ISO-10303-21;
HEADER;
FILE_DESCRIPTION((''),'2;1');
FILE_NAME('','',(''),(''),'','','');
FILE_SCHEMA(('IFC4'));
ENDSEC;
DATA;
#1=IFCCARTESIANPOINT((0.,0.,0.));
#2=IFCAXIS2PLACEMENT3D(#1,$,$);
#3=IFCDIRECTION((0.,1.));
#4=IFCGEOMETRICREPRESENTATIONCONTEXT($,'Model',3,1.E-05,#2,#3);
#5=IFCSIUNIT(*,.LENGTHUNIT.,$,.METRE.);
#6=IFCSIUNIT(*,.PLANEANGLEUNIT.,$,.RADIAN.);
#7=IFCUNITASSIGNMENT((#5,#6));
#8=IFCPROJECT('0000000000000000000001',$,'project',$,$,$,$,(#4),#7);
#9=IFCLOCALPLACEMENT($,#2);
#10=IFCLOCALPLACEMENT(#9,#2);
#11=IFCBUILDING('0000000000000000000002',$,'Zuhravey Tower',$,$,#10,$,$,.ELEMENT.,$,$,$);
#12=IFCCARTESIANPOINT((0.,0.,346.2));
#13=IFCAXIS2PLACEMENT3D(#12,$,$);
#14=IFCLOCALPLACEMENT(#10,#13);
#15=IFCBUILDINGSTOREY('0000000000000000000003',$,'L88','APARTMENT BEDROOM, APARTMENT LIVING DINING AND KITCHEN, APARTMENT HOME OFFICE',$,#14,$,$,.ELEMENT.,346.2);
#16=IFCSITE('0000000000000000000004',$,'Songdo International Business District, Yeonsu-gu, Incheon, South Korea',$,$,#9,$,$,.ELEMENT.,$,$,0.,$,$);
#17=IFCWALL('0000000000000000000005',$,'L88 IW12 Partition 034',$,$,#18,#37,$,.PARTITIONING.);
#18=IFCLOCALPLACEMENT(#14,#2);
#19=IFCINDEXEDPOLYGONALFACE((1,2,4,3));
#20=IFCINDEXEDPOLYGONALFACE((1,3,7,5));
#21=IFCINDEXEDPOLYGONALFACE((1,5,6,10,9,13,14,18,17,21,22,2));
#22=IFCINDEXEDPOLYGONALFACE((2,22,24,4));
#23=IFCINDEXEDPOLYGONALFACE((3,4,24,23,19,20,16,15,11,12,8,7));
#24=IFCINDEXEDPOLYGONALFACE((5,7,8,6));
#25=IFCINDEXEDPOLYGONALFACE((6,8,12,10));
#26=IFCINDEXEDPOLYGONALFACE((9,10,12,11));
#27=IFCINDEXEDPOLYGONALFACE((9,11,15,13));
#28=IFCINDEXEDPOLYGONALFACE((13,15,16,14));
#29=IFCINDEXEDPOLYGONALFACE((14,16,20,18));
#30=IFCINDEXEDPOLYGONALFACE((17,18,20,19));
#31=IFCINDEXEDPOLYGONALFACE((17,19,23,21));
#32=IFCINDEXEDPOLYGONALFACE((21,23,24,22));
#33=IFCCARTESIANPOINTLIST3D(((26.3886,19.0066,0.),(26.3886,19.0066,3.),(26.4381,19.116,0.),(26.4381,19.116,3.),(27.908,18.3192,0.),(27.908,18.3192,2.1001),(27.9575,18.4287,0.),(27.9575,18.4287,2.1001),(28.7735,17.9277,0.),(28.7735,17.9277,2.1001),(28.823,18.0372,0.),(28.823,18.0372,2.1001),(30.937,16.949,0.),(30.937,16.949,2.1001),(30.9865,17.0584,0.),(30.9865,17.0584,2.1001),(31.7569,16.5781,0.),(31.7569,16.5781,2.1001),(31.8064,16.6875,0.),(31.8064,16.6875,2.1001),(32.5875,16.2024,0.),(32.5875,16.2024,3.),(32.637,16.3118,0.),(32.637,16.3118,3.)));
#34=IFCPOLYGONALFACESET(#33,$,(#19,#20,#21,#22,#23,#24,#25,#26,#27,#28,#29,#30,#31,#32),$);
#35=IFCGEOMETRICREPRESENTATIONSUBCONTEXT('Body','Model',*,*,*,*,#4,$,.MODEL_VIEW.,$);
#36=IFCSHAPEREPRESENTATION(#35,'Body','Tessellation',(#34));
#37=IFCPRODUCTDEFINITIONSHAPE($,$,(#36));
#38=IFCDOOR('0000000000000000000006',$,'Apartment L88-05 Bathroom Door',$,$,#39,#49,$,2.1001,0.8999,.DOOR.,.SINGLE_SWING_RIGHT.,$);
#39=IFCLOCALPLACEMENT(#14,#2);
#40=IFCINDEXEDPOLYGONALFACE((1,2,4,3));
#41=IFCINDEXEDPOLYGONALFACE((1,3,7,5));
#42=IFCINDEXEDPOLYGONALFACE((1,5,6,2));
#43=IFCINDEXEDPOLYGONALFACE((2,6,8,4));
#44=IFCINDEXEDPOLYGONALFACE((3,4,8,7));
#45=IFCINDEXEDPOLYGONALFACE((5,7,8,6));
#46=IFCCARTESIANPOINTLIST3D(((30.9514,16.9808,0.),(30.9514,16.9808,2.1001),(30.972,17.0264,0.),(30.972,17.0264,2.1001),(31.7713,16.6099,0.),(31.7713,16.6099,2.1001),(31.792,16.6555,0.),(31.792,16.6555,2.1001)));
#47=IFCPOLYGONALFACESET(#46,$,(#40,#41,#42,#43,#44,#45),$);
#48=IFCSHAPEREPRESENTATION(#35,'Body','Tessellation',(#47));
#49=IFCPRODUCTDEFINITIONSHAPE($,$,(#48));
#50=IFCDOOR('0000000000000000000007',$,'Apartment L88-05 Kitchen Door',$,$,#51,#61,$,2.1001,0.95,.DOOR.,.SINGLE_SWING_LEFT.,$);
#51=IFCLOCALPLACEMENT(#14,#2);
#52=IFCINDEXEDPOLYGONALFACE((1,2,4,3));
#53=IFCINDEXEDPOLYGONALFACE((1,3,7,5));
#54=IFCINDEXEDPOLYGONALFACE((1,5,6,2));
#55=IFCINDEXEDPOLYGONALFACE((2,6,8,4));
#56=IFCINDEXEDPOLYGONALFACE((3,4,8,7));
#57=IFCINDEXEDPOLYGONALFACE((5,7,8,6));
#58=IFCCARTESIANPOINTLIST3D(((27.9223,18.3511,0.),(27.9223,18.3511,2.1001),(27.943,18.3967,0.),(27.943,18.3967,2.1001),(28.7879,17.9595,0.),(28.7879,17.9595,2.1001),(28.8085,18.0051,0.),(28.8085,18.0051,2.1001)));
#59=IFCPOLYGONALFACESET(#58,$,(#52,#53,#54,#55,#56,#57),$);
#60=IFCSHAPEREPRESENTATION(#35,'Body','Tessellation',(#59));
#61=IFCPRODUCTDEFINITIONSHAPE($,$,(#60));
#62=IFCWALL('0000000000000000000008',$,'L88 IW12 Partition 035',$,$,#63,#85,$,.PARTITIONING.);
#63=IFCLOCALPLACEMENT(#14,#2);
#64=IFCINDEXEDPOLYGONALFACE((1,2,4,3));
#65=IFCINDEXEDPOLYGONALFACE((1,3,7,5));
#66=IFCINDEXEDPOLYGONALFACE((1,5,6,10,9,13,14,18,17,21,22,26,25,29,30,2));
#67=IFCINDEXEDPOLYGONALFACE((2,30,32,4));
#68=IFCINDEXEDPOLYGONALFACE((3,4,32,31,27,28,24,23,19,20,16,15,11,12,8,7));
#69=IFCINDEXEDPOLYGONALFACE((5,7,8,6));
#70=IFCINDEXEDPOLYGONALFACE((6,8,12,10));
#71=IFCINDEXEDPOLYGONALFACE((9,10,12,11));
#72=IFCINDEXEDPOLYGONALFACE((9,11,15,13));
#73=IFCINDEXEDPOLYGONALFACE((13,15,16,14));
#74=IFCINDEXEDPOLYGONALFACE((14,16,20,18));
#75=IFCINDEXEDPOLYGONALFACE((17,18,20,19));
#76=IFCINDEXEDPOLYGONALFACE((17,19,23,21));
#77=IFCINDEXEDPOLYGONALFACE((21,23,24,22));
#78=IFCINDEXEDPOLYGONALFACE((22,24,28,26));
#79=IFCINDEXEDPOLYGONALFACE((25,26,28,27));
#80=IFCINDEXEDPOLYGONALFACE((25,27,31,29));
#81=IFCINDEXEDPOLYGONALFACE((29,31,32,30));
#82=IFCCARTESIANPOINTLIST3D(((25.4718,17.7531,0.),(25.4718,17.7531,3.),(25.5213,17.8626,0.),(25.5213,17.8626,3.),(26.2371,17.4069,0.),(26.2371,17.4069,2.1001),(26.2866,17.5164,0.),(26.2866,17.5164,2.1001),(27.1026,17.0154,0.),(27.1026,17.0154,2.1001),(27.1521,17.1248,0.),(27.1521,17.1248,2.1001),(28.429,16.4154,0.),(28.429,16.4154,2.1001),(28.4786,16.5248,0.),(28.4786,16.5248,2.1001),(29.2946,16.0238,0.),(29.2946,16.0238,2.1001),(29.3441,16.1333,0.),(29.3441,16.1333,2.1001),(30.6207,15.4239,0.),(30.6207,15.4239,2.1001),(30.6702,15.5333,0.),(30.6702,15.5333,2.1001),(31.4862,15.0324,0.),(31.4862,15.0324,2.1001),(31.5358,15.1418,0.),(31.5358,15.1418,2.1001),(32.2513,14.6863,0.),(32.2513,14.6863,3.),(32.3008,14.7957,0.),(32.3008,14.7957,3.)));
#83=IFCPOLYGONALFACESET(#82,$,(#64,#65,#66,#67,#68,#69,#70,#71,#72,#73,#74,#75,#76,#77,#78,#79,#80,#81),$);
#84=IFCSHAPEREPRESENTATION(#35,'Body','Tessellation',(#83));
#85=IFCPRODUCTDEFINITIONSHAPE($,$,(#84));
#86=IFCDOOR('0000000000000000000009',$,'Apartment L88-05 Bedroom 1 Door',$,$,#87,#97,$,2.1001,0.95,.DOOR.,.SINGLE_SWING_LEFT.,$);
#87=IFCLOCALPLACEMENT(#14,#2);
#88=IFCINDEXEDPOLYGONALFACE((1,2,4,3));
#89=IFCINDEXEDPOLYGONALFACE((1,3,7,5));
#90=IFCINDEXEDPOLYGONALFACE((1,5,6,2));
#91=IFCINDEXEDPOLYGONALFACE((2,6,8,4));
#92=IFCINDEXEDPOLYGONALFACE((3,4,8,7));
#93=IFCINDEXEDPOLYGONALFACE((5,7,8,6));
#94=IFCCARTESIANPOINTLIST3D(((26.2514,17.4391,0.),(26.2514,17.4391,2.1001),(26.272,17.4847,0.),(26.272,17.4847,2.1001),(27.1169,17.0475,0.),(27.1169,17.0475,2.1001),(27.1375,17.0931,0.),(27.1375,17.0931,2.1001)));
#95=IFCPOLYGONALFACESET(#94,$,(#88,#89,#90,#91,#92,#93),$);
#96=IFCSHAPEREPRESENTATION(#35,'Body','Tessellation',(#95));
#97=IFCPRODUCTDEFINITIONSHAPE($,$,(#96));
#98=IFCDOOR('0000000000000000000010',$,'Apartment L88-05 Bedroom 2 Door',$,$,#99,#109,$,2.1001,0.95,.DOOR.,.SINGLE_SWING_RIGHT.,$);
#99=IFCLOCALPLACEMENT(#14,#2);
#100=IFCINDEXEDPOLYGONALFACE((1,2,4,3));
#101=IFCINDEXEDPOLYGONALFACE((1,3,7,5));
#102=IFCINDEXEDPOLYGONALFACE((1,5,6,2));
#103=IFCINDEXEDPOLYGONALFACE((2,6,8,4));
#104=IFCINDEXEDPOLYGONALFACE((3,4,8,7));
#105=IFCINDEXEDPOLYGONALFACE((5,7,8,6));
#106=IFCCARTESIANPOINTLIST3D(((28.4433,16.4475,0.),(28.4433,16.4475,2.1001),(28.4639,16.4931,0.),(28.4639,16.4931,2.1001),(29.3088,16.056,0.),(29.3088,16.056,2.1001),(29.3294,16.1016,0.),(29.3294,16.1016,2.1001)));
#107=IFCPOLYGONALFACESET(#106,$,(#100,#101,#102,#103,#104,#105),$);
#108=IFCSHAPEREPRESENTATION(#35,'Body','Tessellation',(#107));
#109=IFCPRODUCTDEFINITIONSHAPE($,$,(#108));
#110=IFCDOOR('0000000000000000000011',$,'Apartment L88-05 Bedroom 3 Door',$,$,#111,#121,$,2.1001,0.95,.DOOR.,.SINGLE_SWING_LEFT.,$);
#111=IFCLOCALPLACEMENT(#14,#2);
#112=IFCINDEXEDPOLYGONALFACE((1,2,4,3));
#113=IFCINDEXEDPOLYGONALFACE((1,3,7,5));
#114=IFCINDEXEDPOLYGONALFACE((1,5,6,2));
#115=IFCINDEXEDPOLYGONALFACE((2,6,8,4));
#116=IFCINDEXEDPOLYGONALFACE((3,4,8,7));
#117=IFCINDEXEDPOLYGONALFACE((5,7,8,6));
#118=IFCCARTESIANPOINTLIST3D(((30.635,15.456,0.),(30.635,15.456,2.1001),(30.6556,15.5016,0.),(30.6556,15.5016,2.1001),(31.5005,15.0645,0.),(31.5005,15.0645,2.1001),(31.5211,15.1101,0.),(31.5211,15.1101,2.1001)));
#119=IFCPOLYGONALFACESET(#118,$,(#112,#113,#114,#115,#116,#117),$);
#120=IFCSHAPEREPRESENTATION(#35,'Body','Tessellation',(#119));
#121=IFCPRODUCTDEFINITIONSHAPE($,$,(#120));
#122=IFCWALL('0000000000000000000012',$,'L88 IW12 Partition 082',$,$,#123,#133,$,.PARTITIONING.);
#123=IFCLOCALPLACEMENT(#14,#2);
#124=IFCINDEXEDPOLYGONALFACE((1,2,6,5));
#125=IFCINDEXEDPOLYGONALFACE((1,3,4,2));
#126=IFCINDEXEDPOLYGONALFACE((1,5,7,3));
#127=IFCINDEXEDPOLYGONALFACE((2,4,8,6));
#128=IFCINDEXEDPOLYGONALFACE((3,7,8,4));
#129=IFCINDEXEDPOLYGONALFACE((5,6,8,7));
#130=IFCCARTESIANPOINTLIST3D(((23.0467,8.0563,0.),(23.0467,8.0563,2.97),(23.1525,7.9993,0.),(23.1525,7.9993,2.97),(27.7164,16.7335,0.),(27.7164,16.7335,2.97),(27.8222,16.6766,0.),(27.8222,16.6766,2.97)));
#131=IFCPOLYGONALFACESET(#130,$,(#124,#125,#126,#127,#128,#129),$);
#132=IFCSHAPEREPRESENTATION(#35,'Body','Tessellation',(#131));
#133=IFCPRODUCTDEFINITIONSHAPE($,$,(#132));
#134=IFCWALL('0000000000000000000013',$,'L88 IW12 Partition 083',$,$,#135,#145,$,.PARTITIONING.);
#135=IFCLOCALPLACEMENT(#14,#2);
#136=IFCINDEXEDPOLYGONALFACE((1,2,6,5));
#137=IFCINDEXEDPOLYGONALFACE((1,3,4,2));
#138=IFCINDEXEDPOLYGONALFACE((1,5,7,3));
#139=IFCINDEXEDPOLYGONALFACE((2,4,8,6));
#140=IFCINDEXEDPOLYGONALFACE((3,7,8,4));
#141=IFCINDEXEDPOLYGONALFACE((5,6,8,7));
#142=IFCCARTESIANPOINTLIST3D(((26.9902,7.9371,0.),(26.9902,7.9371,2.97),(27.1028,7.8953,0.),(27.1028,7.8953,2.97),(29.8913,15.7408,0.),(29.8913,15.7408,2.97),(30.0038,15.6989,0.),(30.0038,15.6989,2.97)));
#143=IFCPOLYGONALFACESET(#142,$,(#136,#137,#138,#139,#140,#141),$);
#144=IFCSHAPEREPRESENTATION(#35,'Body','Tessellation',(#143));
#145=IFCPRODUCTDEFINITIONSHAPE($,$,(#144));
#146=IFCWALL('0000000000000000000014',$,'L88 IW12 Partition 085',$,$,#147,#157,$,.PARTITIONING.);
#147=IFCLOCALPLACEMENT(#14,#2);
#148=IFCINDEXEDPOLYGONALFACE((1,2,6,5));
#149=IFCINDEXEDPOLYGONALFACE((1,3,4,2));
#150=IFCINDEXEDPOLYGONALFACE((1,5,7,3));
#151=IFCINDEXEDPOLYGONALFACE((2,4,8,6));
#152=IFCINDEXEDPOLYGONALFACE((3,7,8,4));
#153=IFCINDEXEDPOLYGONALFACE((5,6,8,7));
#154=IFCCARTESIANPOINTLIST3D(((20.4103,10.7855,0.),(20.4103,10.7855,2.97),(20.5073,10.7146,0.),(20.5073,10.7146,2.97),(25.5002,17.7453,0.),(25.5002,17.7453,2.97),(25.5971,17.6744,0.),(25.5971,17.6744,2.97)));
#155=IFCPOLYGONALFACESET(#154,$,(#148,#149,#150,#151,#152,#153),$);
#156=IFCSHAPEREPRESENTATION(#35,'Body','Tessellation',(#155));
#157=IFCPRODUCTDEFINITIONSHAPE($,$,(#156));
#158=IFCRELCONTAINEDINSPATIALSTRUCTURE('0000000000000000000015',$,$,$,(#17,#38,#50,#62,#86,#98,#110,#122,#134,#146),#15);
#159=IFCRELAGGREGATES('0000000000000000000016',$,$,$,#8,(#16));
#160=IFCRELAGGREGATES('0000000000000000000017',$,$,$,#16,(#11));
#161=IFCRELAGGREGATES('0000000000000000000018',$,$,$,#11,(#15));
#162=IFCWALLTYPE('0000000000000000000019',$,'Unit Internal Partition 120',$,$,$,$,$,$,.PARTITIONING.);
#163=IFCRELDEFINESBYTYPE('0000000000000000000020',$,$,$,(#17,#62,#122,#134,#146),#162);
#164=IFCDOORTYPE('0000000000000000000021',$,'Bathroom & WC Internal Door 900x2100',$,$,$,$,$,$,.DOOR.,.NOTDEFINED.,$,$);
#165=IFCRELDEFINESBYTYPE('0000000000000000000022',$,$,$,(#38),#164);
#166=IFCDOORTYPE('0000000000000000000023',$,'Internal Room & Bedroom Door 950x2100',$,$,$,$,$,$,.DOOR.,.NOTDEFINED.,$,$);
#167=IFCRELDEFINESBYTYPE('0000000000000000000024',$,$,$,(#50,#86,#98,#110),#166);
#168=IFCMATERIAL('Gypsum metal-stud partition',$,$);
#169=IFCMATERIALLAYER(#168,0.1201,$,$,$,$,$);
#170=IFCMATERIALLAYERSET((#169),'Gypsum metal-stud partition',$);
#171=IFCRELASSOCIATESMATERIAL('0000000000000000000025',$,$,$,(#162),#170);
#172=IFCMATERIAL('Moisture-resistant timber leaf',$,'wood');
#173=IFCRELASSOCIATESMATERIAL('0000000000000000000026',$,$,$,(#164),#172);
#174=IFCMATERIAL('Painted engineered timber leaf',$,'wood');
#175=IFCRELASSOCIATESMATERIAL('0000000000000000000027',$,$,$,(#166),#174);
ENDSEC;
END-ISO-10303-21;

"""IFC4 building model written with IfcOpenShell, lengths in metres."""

from ifc_helpers import new_model, si_unit, direction, frame, frame_2d, origin, place, context, subcontext, project, spatial, rectangle, extrude, material, layer, layer_set, type_object, element, fill, save


model = new_model("IFC4")

# Units and contexts
model_context = context("Model", 3, precision=1e-05, world=origin(), true_north=direction((0.0, 1.0)))
body_context = subcontext(model_context, "Body", "Model", "MODEL_VIEW")
ifc_project = project(units=[si_unit("LENGTHUNIT", "METRE"), si_unit("PLANEANGLEUNIT", "RADIAN")], contexts=[model_context])

# Site, building, storey
site_placement = place(None, origin())
site = spatial("IfcSite", under=ifc_project, at=site_placement, Name="Songdo International Business District, Yeonsu-gu, Incheon, South Korea", CompositionType="ELEMENT", RefElevation=0.0)
building_placement = place(site_placement, origin())
building = spatial("IfcBuilding", under=site, at=building_placement, Name="Zuhravey Tower", CompositionType="ELEMENT")
storey_placement = place(building_placement, frame((0.0, 0.0, 346.2)))
storey = spatial("IfcBuildingStorey", under=building, at=storey_placement, Name="L88", Description="APARTMENT BEDROOM, APARTMENT LIVING DINING AND KITCHEN, APARTMENT HOME OFFICE", CompositionType="ELEMENT", Elevation=346.2)

# Walls, openings, doors
ifc_material_1 = material(Name="Gypsum metal-stud partition")
ifc_layer_1 = layer(ifc_material_1, 0.1201)
ifc_layer_set_1 = layer_set([ifc_layer_1], Name="Gypsum metal-stud partition")
wall_type_1 = type_object("IfcWallType", Name="Unit Internal Partition 120", PredefinedType="PARTITIONING", material=ifc_layer_set_1)
wall_1_placement = place(storey_placement, frame((26.4133, 19.0613, 0.0), z_axis=(0.0, 0.0, 1.0), x_axis=(0.911113, -0.412156, 0.0)))
wall_1 = element("IfcWall", 1, at=wall_1_placement, inside=storey, type_object=wall_type_1, Name="L88 IW12 Partition 034", PredefinedType="PARTITIONING", context=body_context, shape_type="SweptSolid", body=[
    extrude(rectangle(XDim=6.8037, YDim=0.1201, at=frame_2d((3.4019, 0.0))), origin(), (0.0, 0.0, 1.0), 3.0),
])
opening_1_placement = place(wall_1_placement, frame((1.6675, 0.0, 0.0)))
opening_1 = element("IfcOpeningElement", 2, at=opening_1_placement, cuts=wall_1, PredefinedType="OPENING", context=body_context, shape_type="SweptSolid", body=[
    extrude(rectangle(XDim=0.95, YDim=2.1001, at=frame_2d((0.4751, 1.05))), frame((0.0, 0.072, 0.0), z_axis=(0.0, -1.0, 0.0), x_axis=(1.0, 0.0, 0.0)), (0.0, 0.0, 1.0), 0.144),
])
opening_2_placement = place(wall_1_placement, frame((4.9922, 0.0, 0.0)))
opening_2 = element("IfcOpeningElement", 3, at=opening_2_placement, cuts=wall_1, PredefinedType="OPENING", context=body_context, shape_type="SweptSolid", body=[
    extrude(rectangle(XDim=0.8999, YDim=2.1001, at=frame_2d((0.45, 1.05))), frame((0.0, 0.072, 0.0), z_axis=(0.0, -1.0, 0.0), x_axis=(1.0, 0.0, 0.0)), (0.0, 0.0, 1.0), 0.144),
])
ifc_material_2 = material(Name="Moisture-resistant timber leaf", Category="wood")
door_type_1 = type_object("IfcDoorType", Name="Bathroom & WC Internal Door 900x2100", OperationType="NOTDEFINED", PredefinedType="DOOR", material=ifc_material_2)
door_1_placement = place(opening_2_placement, origin())
door_1 = element("IfcDoor", 4, at=door_1_placement, inside=storey, type_object=door_type_1, Name="Apartment L88-05 Bathroom Door", OperationType="SINGLE_SWING_RIGHT", OverallHeight=2.1001, OverallWidth=0.8999, PredefinedType="DOOR", context=body_context, shape_type="SweptSolid", body=[
    extrude(rectangle(XDim=0.8999, YDim=2.1001, at=frame_2d((0.45, 1.05))), frame((0.0, 0.0249, 0.0), z_axis=(0.0, -1.0, 0.0), x_axis=(1.0, 0.0, 0.0)), (0.0, 0.0, 1.0), 0.05),
])
fill(opening_2, door_1)
ifc_material_3 = material(Name="Painted engineered timber leaf", Category="wood")
door_type_2 = type_object("IfcDoorType", Name="Internal Room & Bedroom Door 950x2100", OperationType="NOTDEFINED", PredefinedType="DOOR", material=ifc_material_3)
door_2_placement = place(opening_1_placement, origin())
door_2 = element("IfcDoor", 5, at=door_2_placement, inside=storey, type_object=door_type_2, Name="Apartment L88-05 Kitchen Door", OperationType="SINGLE_SWING_LEFT", OverallHeight=2.1001, OverallWidth=0.95, PredefinedType="DOOR", context=body_context, shape_type="SweptSolid", body=[
    extrude(rectangle(XDim=0.95, YDim=2.1001, at=frame_2d((0.4751, 1.05))), frame((0.0, 0.0249, 0.0), z_axis=(0.0, -1.0, 0.0), x_axis=(1.0, 0.0, 0.0)), (0.0, 0.0, 1.0), 0.05),
])
fill(opening_1, door_2)
wall_2_placement = place(storey_placement, frame((25.4966, 17.8079, 0.0), z_axis=(0.0, 0.0, 1.0), x_axis=(0.91111, -0.412163, 0.0)))
wall_2 = element("IfcWall", 6, at=wall_2_placement, inside=storey, type_object=wall_type_1, Name="L88 IW12 Partition 035", PredefinedType="PARTITIONING", context=body_context, shape_type="SweptSolid", body=[
    extrude(rectangle(XDim=7.4409, YDim=0.1201, at=frame_2d((3.7205, 0.0))), origin(), (0.0, 0.0, 1.0), 3.0),
])
opening_3_placement = place(wall_2_placement, frame((0.8398, 0.0, 0.0)))
opening_3 = element("IfcOpeningElement", 7, at=opening_3_placement, cuts=wall_2, PredefinedType="OPENING", context=body_context, shape_type="SweptSolid", body=[
    extrude(rectangle(XDim=0.95, YDim=2.1001, at=frame_2d((0.4751, 1.05))), frame((0.0, 0.072, 0.0), z_axis=(0.0, -1.0, 0.0), x_axis=(1.0, 0.0, 0.0)), (0.0, 0.0, 1.0), 0.144),
])
opening_4_placement = place(wall_2_placement, frame((3.2456, 0.0, 0.0)))
opening_4 = element("IfcOpeningElement", 8, at=opening_4_placement, cuts=wall_2, PredefinedType="OPENING", context=body_context, shape_type="SweptSolid", body=[
    extrude(rectangle(XDim=0.95, YDim=2.1001, at=frame_2d((0.4751, 1.05))), frame((0.0, 0.072, 0.0), z_axis=(0.0, -1.0, 0.0), x_axis=(1.0, 0.0, 0.0)), (0.0, 0.0, 1.0), 0.144),
])
opening_5_placement = place(wall_2_placement, frame((5.6511, 0.0, 0.0)))
opening_5 = element("IfcOpeningElement", 9, at=opening_5_placement, cuts=wall_2, PredefinedType="OPENING", context=body_context, shape_type="SweptSolid", body=[
    extrude(rectangle(XDim=0.95, YDim=2.1001, at=frame_2d((0.4751, 1.05))), frame((0.0, 0.072, 0.0), z_axis=(0.0, -1.0, 0.0), x_axis=(1.0, 0.0, 0.0)), (0.0, 0.0, 1.0), 0.144),
])
door_3_placement = place(opening_3_placement, frame((0.95, 0.0, 0.0), z_axis=(0.0, 0.0, 1.0), x_axis=(-1.0, 0.0, 0.0)))
door_3 = element("IfcDoor", 10, at=door_3_placement, inside=storey, type_object=door_type_2, Name="Apartment L88-05 Bedroom 1 Door", OperationType="SINGLE_SWING_LEFT", OverallHeight=2.1001, OverallWidth=0.95, PredefinedType="DOOR", context=body_context, shape_type="SweptSolid", body=[
    extrude(rectangle(XDim=0.95, YDim=2.1001, at=frame_2d((0.4751, 1.05))), frame((0.0, 0.0249, 0.0), z_axis=(0.0, -1.0, 0.0), x_axis=(1.0, 0.0, 0.0)), (0.0, 0.0, 1.0), 0.05),
])
fill(opening_3, door_3)
door_4_placement = place(opening_4_placement, frame((0.95, 0.0, 0.0), z_axis=(0.0, 0.0, 1.0), x_axis=(-1.0, 0.0, 0.0)))
door_4 = element("IfcDoor", 11, at=door_4_placement, inside=storey, type_object=door_type_2, Name="Apartment L88-05 Bedroom 2 Door", OperationType="SINGLE_SWING_RIGHT", OverallHeight=2.1001, OverallWidth=0.95, PredefinedType="DOOR", context=body_context, shape_type="SweptSolid", body=[
    extrude(rectangle(XDim=0.95, YDim=2.1001, at=frame_2d((0.4751, 1.05))), frame((0.0, 0.0249, 0.0), z_axis=(0.0, -1.0, 0.0), x_axis=(1.0, 0.0, 0.0)), (0.0, 0.0, 1.0), 0.05),
])
fill(opening_4, door_4)
door_5_placement = place(opening_5_placement, frame((0.95, 0.0, 0.0), z_axis=(0.0, 0.0, 1.0), x_axis=(-1.0, 0.0, 0.0)))
door_5 = element("IfcDoor", 12, at=door_5_placement, inside=storey, type_object=door_type_2, Name="Apartment L88-05 Bedroom 3 Door", OperationType="SINGLE_SWING_LEFT", OverallHeight=2.1001, OverallWidth=0.95, PredefinedType="DOOR", context=body_context, shape_type="SweptSolid", body=[
    extrude(rectangle(XDim=0.95, YDim=2.1001, at=frame_2d((0.4751, 1.05))), frame((0.0, 0.0249, 0.0), z_axis=(0.0, -1.0, 0.0), x_axis=(1.0, 0.0, 0.0)), (0.0, 0.0, 1.0), 0.05),
])
fill(opening_5, door_5)

# Walls
wall_3_placement = place(storey_placement, frame((27.7693, 16.7051, 0.0), z_axis=(0.0, 0.0, 1.0), x_axis=(-0.473889, -0.880585, 0.0)))
element("IfcWall", 13, at=wall_3_placement, inside=storey, type_object=wall_type_1, Name="L88 IW12 Partition 082", PredefinedType="PARTITIONING", context=body_context, shape_type="SweptSolid", body=[
    extrude(rectangle(XDim=9.854, YDim=0.1201, at=frame_2d((4.927, 0.0))), origin(), (0.0, 0.0, 1.0), 2.97),
])
wall_4_placement = place(storey_placement, frame((29.9475, 15.7197, 0.0), z_axis=(0.0, 0.0, 1.0), x_axis=(-0.348461, -0.937323, 0.0)))
element("IfcWall", 14, at=wall_4_placement, inside=storey, type_object=wall_type_1, Name="L88 IW12 Partition 083", PredefinedType="PARTITIONING", context=body_context, shape_type="SweptSolid", body=[
    extrude(rectangle(XDim=8.3254, YDim=0.1201, at=frame_2d((4.1626, 0.0))), origin(), (0.0, 0.0, 1.0), 2.97),
])
wall_5_placement = place(storey_placement, frame((25.5486, 17.7097, 0.0), z_axis=(0.0, 0.0, 1.0), x_axis=(-0.590311, -0.807176, 0.0)))
element("IfcWall", 15, at=wall_5_placement, inside=storey, type_object=wall_type_1, Name="L88 IW12 Partition 085", PredefinedType="PARTITIONING", context=body_context, shape_type="SweptSolid", body=[
    extrude(rectangle(XDim=8.6223, YDim=0.1201, at=frame_2d((4.311, 0.0))), origin(), (0.0, 0.0, 1.0), 2.97),
])

save(model, "model.ifc")
